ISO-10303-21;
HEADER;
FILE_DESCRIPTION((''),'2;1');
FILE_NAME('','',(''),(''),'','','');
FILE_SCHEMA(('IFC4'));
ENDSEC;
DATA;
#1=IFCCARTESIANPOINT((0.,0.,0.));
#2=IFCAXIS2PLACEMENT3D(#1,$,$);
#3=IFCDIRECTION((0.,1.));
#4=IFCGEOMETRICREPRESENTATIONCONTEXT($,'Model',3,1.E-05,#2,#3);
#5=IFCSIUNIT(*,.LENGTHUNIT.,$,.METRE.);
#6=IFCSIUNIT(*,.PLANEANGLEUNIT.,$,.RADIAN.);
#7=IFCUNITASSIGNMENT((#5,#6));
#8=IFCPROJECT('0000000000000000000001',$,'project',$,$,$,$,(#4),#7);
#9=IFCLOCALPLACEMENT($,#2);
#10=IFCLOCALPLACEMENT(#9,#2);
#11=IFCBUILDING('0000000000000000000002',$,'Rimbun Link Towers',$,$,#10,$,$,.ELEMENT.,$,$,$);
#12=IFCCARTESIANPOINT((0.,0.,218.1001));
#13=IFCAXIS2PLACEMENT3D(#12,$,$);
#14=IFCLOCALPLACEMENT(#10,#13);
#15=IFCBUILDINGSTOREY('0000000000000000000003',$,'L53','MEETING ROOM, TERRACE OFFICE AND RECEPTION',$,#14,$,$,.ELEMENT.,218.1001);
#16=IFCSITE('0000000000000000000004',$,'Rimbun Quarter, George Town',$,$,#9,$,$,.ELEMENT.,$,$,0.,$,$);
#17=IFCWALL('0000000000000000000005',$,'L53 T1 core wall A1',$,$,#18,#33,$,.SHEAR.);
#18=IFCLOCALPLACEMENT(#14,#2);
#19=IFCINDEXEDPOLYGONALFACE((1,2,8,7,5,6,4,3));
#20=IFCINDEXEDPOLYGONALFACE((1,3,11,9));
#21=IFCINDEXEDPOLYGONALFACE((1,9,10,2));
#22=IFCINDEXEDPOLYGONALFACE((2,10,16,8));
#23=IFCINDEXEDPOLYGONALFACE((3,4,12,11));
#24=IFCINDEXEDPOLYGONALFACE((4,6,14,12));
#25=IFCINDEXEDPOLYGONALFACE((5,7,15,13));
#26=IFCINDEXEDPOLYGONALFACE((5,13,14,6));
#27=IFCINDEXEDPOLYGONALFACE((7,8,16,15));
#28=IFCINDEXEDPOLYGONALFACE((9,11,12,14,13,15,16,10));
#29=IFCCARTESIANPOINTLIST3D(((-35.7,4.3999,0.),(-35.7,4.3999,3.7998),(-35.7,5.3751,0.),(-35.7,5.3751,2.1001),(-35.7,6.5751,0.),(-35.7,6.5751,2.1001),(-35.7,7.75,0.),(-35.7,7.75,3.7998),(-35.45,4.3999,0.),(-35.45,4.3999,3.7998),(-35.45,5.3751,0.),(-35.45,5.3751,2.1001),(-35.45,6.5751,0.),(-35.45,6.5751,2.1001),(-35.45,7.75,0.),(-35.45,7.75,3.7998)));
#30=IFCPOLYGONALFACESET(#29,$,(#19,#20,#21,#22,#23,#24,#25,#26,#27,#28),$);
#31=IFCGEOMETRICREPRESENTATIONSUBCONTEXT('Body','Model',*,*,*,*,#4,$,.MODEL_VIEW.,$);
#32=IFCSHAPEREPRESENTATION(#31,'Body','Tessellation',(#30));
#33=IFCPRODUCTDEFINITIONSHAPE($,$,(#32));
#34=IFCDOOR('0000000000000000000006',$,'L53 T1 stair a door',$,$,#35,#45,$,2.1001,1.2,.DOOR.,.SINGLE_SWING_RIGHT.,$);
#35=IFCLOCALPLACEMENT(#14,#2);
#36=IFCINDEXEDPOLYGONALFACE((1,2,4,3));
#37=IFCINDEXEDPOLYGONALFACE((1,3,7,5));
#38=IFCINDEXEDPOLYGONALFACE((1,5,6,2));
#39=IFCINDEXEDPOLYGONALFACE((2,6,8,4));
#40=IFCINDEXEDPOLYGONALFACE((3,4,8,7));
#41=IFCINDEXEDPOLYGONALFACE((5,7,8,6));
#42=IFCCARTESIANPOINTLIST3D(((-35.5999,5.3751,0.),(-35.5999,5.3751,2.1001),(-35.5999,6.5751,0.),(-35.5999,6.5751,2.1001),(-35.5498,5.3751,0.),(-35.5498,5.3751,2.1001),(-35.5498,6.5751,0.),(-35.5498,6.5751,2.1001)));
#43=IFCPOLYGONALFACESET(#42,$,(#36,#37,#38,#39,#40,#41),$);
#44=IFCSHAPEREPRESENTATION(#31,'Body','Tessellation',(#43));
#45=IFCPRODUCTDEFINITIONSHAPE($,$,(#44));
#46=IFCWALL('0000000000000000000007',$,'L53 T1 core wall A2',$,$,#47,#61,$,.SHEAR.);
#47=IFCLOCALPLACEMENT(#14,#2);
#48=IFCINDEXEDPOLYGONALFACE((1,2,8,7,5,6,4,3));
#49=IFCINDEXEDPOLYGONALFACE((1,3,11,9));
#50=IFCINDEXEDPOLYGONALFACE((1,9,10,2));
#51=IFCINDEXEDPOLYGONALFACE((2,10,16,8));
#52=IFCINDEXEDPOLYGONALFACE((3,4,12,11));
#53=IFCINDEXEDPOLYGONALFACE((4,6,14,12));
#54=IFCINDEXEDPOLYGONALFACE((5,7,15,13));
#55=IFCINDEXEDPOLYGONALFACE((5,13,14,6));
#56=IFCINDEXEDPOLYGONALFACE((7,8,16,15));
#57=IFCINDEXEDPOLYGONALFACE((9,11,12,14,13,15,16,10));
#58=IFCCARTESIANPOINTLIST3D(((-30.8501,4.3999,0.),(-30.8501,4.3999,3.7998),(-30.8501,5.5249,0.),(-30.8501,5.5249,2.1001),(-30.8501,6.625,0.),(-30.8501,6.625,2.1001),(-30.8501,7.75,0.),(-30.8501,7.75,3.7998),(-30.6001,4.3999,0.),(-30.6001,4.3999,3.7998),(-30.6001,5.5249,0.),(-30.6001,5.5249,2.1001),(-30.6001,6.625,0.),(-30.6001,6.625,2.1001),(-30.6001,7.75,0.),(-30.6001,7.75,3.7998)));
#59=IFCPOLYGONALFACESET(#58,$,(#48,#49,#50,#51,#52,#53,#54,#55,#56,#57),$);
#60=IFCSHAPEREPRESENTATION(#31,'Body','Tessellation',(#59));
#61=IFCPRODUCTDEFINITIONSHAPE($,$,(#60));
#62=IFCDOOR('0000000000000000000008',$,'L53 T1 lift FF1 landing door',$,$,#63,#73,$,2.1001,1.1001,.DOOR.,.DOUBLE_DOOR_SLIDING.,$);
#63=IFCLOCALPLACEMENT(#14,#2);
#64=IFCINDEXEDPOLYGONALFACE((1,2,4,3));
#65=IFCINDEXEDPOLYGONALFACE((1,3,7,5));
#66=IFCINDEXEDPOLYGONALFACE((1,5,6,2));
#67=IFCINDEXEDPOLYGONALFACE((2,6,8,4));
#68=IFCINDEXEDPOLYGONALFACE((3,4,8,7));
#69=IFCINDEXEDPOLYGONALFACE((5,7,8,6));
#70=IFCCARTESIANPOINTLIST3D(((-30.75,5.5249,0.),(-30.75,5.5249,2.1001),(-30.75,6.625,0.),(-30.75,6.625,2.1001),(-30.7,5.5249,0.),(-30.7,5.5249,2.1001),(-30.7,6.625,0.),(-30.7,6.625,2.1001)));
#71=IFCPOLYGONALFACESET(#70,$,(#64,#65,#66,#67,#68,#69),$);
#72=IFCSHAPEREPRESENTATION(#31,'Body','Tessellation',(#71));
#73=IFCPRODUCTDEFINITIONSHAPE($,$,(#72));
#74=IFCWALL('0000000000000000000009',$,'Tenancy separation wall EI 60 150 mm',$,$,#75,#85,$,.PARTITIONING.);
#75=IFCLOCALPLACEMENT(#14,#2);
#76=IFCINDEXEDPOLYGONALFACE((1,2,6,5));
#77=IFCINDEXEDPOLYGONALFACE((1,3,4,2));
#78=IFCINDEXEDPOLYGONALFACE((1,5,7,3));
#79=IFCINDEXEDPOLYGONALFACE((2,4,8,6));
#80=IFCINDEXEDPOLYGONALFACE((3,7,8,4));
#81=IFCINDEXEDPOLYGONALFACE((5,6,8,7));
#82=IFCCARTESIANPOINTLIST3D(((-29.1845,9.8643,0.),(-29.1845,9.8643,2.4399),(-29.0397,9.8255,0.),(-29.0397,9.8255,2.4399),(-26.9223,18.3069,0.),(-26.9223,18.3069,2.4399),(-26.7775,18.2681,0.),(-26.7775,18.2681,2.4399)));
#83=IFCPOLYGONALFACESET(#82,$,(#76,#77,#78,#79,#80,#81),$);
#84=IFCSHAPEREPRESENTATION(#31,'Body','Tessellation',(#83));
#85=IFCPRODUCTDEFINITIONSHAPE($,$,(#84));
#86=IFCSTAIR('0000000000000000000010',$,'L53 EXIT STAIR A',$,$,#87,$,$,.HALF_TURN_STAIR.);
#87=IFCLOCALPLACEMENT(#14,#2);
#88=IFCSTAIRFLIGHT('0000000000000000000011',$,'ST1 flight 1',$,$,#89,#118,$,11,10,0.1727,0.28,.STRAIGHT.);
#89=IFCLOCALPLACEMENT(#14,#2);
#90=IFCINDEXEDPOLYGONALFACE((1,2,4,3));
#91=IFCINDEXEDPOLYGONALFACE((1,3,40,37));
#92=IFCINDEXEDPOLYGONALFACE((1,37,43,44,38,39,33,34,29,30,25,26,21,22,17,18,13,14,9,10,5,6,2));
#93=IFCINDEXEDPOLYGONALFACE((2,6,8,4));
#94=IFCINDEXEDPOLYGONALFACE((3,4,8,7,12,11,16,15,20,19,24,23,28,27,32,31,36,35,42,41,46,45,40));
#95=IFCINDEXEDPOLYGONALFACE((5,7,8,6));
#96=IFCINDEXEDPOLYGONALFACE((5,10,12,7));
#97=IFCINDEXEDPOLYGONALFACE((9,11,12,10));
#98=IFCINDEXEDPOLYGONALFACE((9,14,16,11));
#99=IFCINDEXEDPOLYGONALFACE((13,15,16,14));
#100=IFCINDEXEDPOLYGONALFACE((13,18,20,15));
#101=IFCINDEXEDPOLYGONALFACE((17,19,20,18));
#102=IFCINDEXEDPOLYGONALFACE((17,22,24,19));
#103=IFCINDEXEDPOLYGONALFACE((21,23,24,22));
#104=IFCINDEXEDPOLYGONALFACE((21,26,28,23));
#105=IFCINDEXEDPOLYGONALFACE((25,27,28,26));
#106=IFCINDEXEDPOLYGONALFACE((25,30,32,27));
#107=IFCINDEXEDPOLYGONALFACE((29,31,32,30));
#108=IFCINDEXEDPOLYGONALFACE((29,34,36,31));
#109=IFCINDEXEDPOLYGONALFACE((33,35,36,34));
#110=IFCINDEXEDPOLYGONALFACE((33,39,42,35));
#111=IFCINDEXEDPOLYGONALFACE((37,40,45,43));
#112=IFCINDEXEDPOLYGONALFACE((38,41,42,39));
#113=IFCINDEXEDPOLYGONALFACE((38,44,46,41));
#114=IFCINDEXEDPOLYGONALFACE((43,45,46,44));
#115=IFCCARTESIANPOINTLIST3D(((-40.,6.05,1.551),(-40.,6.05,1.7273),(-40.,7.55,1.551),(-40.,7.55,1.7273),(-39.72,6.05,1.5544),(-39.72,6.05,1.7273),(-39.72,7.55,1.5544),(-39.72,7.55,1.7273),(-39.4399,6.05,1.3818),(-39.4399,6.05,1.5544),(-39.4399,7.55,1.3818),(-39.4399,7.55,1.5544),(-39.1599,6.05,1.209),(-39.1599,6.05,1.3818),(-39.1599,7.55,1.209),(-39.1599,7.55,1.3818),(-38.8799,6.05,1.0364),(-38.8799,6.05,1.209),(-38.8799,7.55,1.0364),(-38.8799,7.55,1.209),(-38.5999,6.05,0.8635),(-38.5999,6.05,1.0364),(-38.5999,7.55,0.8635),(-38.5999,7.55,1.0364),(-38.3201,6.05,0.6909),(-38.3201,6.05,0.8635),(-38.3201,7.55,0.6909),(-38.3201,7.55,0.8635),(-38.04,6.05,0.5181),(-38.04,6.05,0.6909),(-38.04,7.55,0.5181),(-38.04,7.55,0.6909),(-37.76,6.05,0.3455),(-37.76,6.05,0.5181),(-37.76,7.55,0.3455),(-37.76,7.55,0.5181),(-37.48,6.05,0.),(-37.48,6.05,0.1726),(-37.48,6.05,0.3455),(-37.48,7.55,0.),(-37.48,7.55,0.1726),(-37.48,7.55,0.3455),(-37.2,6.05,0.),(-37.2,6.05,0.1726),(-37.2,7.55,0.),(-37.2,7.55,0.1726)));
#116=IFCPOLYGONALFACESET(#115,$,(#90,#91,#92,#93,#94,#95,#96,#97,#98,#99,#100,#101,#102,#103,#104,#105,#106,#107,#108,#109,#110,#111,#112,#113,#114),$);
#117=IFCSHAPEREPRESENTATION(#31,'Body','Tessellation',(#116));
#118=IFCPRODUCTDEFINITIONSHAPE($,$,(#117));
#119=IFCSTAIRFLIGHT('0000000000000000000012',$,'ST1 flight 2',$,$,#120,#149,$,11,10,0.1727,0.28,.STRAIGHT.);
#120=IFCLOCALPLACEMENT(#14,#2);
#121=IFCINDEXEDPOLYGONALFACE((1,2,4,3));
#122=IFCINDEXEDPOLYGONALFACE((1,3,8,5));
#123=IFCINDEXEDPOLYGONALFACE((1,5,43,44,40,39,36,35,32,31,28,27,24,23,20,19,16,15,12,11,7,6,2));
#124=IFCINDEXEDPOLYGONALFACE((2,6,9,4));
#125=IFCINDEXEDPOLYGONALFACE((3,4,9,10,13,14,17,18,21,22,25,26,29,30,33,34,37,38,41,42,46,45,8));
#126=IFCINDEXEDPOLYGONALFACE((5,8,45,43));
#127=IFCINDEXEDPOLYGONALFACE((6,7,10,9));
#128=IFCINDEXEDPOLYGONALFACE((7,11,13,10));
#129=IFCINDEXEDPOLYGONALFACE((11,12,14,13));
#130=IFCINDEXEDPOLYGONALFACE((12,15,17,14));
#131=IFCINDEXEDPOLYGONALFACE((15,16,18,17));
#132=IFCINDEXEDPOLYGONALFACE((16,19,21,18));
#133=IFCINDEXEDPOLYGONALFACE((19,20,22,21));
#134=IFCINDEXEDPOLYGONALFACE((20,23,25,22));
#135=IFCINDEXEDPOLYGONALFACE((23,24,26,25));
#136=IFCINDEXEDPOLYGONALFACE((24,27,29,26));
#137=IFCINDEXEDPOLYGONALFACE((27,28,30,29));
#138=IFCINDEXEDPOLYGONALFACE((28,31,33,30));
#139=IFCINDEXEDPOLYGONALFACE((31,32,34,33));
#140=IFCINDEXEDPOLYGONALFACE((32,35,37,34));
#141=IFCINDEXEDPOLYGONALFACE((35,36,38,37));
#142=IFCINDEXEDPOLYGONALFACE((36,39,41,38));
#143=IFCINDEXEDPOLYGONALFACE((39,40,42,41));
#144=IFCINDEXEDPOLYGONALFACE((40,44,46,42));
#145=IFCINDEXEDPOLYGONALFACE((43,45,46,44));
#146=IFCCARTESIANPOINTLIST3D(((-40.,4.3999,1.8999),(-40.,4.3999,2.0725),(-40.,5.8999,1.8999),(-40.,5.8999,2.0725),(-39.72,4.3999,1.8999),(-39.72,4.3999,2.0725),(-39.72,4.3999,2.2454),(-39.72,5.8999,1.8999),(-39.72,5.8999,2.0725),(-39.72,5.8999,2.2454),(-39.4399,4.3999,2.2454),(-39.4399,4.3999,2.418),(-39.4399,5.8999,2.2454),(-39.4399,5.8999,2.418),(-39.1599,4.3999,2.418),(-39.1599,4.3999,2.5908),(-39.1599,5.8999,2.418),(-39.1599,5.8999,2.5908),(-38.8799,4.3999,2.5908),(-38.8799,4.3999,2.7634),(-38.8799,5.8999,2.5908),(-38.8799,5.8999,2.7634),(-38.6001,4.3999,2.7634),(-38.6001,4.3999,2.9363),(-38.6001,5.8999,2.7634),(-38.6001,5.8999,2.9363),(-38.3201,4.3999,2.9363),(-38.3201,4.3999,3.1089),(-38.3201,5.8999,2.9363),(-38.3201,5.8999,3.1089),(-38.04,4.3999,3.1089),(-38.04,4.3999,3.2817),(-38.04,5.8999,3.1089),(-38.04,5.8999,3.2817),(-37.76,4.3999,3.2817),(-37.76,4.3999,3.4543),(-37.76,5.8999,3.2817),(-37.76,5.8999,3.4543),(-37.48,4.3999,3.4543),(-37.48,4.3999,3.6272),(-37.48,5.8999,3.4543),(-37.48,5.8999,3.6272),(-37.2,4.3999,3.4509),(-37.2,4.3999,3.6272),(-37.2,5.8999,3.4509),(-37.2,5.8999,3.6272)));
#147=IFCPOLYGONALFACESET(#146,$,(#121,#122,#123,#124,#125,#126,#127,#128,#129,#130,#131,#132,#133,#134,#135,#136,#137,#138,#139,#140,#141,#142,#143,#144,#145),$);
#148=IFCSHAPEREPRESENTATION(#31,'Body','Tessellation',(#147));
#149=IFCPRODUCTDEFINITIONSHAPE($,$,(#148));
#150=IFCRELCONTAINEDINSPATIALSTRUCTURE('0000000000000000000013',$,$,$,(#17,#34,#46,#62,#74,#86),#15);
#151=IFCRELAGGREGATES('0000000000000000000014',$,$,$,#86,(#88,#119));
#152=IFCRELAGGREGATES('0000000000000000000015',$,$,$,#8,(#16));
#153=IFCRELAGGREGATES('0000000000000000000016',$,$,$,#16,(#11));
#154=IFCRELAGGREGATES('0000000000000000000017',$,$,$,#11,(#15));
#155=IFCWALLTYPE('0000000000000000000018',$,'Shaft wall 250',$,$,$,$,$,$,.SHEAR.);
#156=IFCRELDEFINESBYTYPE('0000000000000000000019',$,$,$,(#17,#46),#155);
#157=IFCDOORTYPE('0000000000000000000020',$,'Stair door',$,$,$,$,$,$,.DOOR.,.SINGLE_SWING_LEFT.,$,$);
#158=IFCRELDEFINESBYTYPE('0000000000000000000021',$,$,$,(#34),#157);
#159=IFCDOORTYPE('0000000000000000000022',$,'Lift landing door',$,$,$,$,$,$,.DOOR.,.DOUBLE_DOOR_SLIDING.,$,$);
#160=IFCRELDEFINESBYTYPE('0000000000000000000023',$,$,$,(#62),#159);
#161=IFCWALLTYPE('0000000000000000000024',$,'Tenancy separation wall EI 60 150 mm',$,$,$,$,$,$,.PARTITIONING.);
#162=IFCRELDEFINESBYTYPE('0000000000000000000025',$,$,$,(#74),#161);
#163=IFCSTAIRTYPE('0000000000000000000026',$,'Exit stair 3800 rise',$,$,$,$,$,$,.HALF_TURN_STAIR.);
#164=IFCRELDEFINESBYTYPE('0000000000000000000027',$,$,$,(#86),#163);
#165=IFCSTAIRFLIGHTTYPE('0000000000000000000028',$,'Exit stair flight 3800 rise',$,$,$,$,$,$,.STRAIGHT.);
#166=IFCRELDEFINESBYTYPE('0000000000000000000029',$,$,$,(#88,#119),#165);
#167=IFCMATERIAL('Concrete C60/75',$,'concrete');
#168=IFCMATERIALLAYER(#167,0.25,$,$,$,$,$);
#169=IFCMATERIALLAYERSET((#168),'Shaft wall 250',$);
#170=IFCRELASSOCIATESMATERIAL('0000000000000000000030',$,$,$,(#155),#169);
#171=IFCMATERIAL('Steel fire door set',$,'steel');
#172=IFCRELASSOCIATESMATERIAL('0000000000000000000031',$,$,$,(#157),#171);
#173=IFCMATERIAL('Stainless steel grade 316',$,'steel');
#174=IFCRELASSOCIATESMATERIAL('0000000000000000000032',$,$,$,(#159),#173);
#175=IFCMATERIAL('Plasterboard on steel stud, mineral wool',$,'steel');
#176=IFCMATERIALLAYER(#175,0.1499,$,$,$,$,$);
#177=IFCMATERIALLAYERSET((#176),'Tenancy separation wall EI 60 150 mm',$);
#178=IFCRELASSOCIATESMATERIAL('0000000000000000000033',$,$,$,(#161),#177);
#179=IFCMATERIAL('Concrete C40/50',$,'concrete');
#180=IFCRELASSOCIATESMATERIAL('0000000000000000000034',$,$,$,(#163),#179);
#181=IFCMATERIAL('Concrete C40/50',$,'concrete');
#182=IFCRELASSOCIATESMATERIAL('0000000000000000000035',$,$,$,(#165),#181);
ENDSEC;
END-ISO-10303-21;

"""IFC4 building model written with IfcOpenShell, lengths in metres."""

from ifc_helpers import new_model, si_unit, direction, frame, frame_2d, origin, place, context, subcontext, project, spatial, polyline, rectangle, outline, extrude, material, layer, layer_set, type_object, element, fill, aggregate, save


model = new_model("IFC4")

# Units and contexts
model_context = context("Model", 3, precision=1e-05, world=origin(), true_north=direction((0.0, 1.0)))
body_context = subcontext(model_context, "Body", "Model", "MODEL_VIEW")
ifc_project = project(units=[si_unit("LENGTHUNIT", "METRE"), si_unit("PLANEANGLEUNIT", "RADIAN")], contexts=[model_context])

# Site, building, storey
site_placement = place(None, origin())
site = spatial("IfcSite", under=ifc_project, at=site_placement, Name="Rimbun Quarter, George Town", CompositionType="ELEMENT", RefElevation=0.0)
building_placement = place(site_placement, origin())
building = spatial("IfcBuilding", under=site, at=building_placement, Name="Rimbun Link Towers", CompositionType="ELEMENT")
storey_placement = place(building_placement, frame((0.0, 0.0, 218.1001)))
storey = spatial("IfcBuildingStorey", under=building, at=storey_placement, Name="L53", Description="MEETING ROOM, TERRACE OFFICE AND RECEPTION", CompositionType="ELEMENT", Elevation=218.1001)

# Walls, openings, doors
ifc_material_1 = material(Name="Concrete C60/75", Category="concrete")
ifc_layer_1 = layer(ifc_material_1, 0.25)
ifc_layer_set_1 = layer_set([ifc_layer_1], Name="Shaft wall 250")
wall_type_1 = type_object("IfcWallType", Name="Shaft wall 250", PredefinedType="SHEAR", material=ifc_layer_set_1)
wall_1_placement = place(storey_placement, frame((-35.575, 4.3999, 0.0), z_axis=(0.0, 0.0, 1.0), x_axis=(0.0, 1.0, 0.0)))
wall_1 = element("IfcWall", 1, at=wall_1_placement, inside=storey, type_object=wall_type_1, Name="L53 T1 core wall A1", PredefinedType="SHEAR", context=body_context, shape_type="SweptSolid", body=[
    extrude(rectangle(XDim=3.3501, YDim=0.25, at=frame_2d((1.675, 0.0))), origin(), (0.0, 0.0, 1.0), 3.7998),
])
opening_1_placement = place(wall_1_placement, frame((0.9751, 0.0, 0.0)))
opening_1 = element("IfcOpeningElement", 2, at=opening_1_placement, cuts=wall_1, PredefinedType="OPENING", context=body_context, shape_type="SweptSolid", body=[
    extrude(rectangle(XDim=1.2, YDim=2.1001, at=frame_2d((0.6001, 1.05))), frame((0.0, 0.135, 0.0), z_axis=(0.0, -1.0, 0.0), x_axis=(1.0, 0.0, 0.0)), (0.0, 0.0, 1.0), 0.27),
])
ifc_material_2 = material(Name="Steel fire door set", Category="steel")
door_type_1 = type_object("IfcDoorType", Name="Stair door", OperationType="SINGLE_SWING_LEFT", PredefinedType="DOOR", material=ifc_material_2)
door_1_placement = place(opening_1_placement, origin())
door_1 = element("IfcDoor", 3, at=door_1_placement, inside=storey, type_object=door_type_1, Name="L53 T1 stair a door", OperationType="SINGLE_SWING_RIGHT", OverallHeight=2.1001, OverallWidth=1.2, PredefinedType="DOOR", context=body_context, shape_type="SweptSolid", body=[
    extrude(rectangle(XDim=1.2, YDim=2.1001, at=frame_2d((0.6001, 1.05))), frame((0.0, 0.0249, 0.0), z_axis=(0.0, -1.0, 0.0), x_axis=(1.0, 0.0, 0.0)), (0.0, 0.0, 1.0), 0.05),
])
fill(opening_1, door_1)
wall_2_placement = place(storey_placement, frame((-30.7251, 4.3999, 0.0), z_axis=(0.0, 0.0, 1.0), x_axis=(0.0, 1.0, 0.0)))
wall_2 = element("IfcWall", 4, at=wall_2_placement, inside=storey, type_object=wall_type_1, Name="L53 T1 core wall A2", PredefinedType="SHEAR", context=body_context, shape_type="SweptSolid", body=[
    extrude(rectangle(XDim=3.3501, YDim=0.25, at=frame_2d((1.675, 0.0))), origin(), (0.0, 0.0, 1.0), 3.7998),
])
opening_2_placement = place(wall_2_placement, frame((1.125, 0.0, 0.0)))
opening_2 = element("IfcOpeningElement", 5, at=opening_2_placement, cuts=wall_2, PredefinedType="OPENING", context=body_context, shape_type="SweptSolid", body=[
    extrude(rectangle(XDim=1.1001, YDim=2.1001, at=frame_2d((0.55, 1.05))), frame((0.0, 0.135, 0.0), z_axis=(0.0, -1.0, 0.0), x_axis=(1.0, 0.0, 0.0)), (0.0, 0.0, 1.0), 0.27),
])
ifc_material_3 = material(Name="Stainless steel grade 316", Category="steel")
door_type_2 = type_object("IfcDoorType", Name="Lift landing door", OperationType="DOUBLE_DOOR_SLIDING", PredefinedType="DOOR", material=ifc_material_3)
door_2_placement = place(opening_2_placement, origin())
door_2 = element("IfcDoor", 6, at=door_2_placement, inside=storey, type_object=door_type_2, Name="L53 T1 lift FF1 landing door", OperationType="DOUBLE_DOOR_SLIDING", OverallHeight=2.1001, OverallWidth=1.1001, PredefinedType="DOOR", context=body_context, shape_type="SweptSolid", body=[
    extrude(rectangle(XDim=1.1001, YDim=2.1001, at=frame_2d((0.55, 1.05))), frame((0.0, 0.0249, 0.0), z_axis=(0.0, -1.0, 0.0), x_axis=(1.0, 0.0, 0.0)), (0.0, 0.0, 1.0), 0.05),
])
fill(opening_2, door_2)

# Wall
ifc_material_4 = material(Name="Plasterboard on steel stud, mineral wool", Category="steel")
ifc_layer_2 = layer(ifc_material_4, 0.1499)
ifc_layer_set_2 = layer_set([ifc_layer_2], Name="Tenancy separation wall EI 60 150 mm")
wall_type_2 = type_object("IfcWallType", Name="Tenancy separation wall EI 60 150 mm", PredefinedType="PARTITIONING", material=ifc_layer_set_2)
wall_3_placement = place(storey_placement, frame((-29.1121, 9.845, 0.0), z_axis=(0.0, 0.0, 1.0), x_axis=(0.25882, 0.965925, 0.0)))
element("IfcWall", 7, at=wall_3_placement, inside=storey, type_object=wall_type_2, Name="Tenancy separation wall EI 60 150 mm", PredefinedType="PARTITIONING", context=body_context, shape_type="SweptSolid", body=[
    extrude(rectangle(XDim=8.7405, YDim=0.1499, at=frame_2d((4.3701, 0.0))), origin(), (0.0, 0.0, 1.0), 2.4399),
])

# Stair, stair flights
ifc_material_5 = material(Name="Concrete C40/50", Category="concrete")
stair_type = type_object("IfcStairType", Name="Exit stair 3800 rise", PredefinedType="HALF_TURN_STAIR", material=ifc_material_5)
stair_placement = place(storey_placement, origin())
stair = element("IfcStair", 8, at=stair_placement, inside=storey, type_object=stair_type, Name="L53 EXIT STAIR A", PredefinedType="HALF_TURN_STAIR")
ifc_material_6 = material(Name="Concrete C40/50", Category="concrete")
stair_flight_type = type_object("IfcStairFlightType", Name="Exit stair flight 3800 rise", PredefinedType="STRAIGHT", material=ifc_material_6)
stair_flight_1_placement = place(storey_placement, frame((-37.2, 6.8, 0.0), z_axis=(0.0, 0.0, 1.0), x_axis=(-1.0, 0.0, 0.0)))
stair_flight_1 = element("IfcStairFlight", 9, at=stair_flight_1_placement, type_object=stair_flight_type, Name="ST1 flight 1", NumberOfRisers=11, NumberOfTreads=10, PredefinedType="STRAIGHT", RiserHeight=0.1727, TreadLength=0.28, context=body_context, shape_type="SweptSolid", body=[
    extrude(outline(polyline([(0.0, 0.0), (0.0, 0.1726), (0.28, 0.1726), (0.28, 0.3455), (0.5601, 0.3455), (0.5601, 0.5181), (0.8401, 0.5181), (0.8401, 0.6909), (1.1201, 0.6909), (1.1201, 0.8635), (1.3999, 0.8635), (1.3999, 1.0364), (1.6799, 1.0364), (1.6799, 1.209), (1.96, 1.209), (1.96, 1.3818), (2.24, 1.3818), (2.24, 1.5544), (2.52, 1.5544), (2.52, 1.7273), (2.8, 1.7273), (2.8, 1.8999), (2.8, 1.551), (0.28, 0.0), (0.0, 0.0)])), frame((0.0, 0.75, 0.0), z_axis=(0.0, -1.0, 0.0), x_axis=(1.0, 0.0, 0.0)), (0.0, 0.0, 1.0), 1.5),
])
stair_flight_2_placement = place(storey_placement, frame((-40.0, 5.1499, 1.8999), z_axis=(0.0, 0.0, 1.0), x_axis=(1.0, 0.0, 0.0)))
stair_flight_2 = element("IfcStairFlight", 10, at=stair_flight_2_placement, type_object=stair_flight_type, Name="ST1 flight 2", NumberOfRisers=11, NumberOfTreads=10, PredefinedType="STRAIGHT", RiserHeight=0.1727, TreadLength=0.28, context=body_context, shape_type="SweptSolid", body=[
    extrude(outline(polyline([(0.0, 0.0), (0.0, 0.1726), (0.28, 0.1726), (0.28, 0.3455), (0.5601, 0.3455), (0.5601, 0.5181), (0.8401, 0.5181), (0.8401, 0.6909), (1.1201, 0.6909), (1.1201, 0.8635), (1.3999, 0.8635), (1.3999, 1.0364), (1.6799, 1.0364), (1.6799, 1.209), (1.96, 1.209), (1.96, 1.3818), (2.24, 1.3818), (2.24, 1.5544), (2.52, 1.5544), (2.52, 1.7273), (2.8, 1.7273), (2.8, 1.8999), (2.8, 1.551), (0.28, 0.0), (0.0, 0.0)])), frame((0.0, 0.75, 0.0), z_axis=(0.0, -1.0, 0.0), x_axis=(1.0, 0.0, 0.0)), (0.0, 0.0, 1.0), 1.5),
])
aggregate(stair, [stair_flight_1, stair_flight_2])

save(model, "model.ifc")
